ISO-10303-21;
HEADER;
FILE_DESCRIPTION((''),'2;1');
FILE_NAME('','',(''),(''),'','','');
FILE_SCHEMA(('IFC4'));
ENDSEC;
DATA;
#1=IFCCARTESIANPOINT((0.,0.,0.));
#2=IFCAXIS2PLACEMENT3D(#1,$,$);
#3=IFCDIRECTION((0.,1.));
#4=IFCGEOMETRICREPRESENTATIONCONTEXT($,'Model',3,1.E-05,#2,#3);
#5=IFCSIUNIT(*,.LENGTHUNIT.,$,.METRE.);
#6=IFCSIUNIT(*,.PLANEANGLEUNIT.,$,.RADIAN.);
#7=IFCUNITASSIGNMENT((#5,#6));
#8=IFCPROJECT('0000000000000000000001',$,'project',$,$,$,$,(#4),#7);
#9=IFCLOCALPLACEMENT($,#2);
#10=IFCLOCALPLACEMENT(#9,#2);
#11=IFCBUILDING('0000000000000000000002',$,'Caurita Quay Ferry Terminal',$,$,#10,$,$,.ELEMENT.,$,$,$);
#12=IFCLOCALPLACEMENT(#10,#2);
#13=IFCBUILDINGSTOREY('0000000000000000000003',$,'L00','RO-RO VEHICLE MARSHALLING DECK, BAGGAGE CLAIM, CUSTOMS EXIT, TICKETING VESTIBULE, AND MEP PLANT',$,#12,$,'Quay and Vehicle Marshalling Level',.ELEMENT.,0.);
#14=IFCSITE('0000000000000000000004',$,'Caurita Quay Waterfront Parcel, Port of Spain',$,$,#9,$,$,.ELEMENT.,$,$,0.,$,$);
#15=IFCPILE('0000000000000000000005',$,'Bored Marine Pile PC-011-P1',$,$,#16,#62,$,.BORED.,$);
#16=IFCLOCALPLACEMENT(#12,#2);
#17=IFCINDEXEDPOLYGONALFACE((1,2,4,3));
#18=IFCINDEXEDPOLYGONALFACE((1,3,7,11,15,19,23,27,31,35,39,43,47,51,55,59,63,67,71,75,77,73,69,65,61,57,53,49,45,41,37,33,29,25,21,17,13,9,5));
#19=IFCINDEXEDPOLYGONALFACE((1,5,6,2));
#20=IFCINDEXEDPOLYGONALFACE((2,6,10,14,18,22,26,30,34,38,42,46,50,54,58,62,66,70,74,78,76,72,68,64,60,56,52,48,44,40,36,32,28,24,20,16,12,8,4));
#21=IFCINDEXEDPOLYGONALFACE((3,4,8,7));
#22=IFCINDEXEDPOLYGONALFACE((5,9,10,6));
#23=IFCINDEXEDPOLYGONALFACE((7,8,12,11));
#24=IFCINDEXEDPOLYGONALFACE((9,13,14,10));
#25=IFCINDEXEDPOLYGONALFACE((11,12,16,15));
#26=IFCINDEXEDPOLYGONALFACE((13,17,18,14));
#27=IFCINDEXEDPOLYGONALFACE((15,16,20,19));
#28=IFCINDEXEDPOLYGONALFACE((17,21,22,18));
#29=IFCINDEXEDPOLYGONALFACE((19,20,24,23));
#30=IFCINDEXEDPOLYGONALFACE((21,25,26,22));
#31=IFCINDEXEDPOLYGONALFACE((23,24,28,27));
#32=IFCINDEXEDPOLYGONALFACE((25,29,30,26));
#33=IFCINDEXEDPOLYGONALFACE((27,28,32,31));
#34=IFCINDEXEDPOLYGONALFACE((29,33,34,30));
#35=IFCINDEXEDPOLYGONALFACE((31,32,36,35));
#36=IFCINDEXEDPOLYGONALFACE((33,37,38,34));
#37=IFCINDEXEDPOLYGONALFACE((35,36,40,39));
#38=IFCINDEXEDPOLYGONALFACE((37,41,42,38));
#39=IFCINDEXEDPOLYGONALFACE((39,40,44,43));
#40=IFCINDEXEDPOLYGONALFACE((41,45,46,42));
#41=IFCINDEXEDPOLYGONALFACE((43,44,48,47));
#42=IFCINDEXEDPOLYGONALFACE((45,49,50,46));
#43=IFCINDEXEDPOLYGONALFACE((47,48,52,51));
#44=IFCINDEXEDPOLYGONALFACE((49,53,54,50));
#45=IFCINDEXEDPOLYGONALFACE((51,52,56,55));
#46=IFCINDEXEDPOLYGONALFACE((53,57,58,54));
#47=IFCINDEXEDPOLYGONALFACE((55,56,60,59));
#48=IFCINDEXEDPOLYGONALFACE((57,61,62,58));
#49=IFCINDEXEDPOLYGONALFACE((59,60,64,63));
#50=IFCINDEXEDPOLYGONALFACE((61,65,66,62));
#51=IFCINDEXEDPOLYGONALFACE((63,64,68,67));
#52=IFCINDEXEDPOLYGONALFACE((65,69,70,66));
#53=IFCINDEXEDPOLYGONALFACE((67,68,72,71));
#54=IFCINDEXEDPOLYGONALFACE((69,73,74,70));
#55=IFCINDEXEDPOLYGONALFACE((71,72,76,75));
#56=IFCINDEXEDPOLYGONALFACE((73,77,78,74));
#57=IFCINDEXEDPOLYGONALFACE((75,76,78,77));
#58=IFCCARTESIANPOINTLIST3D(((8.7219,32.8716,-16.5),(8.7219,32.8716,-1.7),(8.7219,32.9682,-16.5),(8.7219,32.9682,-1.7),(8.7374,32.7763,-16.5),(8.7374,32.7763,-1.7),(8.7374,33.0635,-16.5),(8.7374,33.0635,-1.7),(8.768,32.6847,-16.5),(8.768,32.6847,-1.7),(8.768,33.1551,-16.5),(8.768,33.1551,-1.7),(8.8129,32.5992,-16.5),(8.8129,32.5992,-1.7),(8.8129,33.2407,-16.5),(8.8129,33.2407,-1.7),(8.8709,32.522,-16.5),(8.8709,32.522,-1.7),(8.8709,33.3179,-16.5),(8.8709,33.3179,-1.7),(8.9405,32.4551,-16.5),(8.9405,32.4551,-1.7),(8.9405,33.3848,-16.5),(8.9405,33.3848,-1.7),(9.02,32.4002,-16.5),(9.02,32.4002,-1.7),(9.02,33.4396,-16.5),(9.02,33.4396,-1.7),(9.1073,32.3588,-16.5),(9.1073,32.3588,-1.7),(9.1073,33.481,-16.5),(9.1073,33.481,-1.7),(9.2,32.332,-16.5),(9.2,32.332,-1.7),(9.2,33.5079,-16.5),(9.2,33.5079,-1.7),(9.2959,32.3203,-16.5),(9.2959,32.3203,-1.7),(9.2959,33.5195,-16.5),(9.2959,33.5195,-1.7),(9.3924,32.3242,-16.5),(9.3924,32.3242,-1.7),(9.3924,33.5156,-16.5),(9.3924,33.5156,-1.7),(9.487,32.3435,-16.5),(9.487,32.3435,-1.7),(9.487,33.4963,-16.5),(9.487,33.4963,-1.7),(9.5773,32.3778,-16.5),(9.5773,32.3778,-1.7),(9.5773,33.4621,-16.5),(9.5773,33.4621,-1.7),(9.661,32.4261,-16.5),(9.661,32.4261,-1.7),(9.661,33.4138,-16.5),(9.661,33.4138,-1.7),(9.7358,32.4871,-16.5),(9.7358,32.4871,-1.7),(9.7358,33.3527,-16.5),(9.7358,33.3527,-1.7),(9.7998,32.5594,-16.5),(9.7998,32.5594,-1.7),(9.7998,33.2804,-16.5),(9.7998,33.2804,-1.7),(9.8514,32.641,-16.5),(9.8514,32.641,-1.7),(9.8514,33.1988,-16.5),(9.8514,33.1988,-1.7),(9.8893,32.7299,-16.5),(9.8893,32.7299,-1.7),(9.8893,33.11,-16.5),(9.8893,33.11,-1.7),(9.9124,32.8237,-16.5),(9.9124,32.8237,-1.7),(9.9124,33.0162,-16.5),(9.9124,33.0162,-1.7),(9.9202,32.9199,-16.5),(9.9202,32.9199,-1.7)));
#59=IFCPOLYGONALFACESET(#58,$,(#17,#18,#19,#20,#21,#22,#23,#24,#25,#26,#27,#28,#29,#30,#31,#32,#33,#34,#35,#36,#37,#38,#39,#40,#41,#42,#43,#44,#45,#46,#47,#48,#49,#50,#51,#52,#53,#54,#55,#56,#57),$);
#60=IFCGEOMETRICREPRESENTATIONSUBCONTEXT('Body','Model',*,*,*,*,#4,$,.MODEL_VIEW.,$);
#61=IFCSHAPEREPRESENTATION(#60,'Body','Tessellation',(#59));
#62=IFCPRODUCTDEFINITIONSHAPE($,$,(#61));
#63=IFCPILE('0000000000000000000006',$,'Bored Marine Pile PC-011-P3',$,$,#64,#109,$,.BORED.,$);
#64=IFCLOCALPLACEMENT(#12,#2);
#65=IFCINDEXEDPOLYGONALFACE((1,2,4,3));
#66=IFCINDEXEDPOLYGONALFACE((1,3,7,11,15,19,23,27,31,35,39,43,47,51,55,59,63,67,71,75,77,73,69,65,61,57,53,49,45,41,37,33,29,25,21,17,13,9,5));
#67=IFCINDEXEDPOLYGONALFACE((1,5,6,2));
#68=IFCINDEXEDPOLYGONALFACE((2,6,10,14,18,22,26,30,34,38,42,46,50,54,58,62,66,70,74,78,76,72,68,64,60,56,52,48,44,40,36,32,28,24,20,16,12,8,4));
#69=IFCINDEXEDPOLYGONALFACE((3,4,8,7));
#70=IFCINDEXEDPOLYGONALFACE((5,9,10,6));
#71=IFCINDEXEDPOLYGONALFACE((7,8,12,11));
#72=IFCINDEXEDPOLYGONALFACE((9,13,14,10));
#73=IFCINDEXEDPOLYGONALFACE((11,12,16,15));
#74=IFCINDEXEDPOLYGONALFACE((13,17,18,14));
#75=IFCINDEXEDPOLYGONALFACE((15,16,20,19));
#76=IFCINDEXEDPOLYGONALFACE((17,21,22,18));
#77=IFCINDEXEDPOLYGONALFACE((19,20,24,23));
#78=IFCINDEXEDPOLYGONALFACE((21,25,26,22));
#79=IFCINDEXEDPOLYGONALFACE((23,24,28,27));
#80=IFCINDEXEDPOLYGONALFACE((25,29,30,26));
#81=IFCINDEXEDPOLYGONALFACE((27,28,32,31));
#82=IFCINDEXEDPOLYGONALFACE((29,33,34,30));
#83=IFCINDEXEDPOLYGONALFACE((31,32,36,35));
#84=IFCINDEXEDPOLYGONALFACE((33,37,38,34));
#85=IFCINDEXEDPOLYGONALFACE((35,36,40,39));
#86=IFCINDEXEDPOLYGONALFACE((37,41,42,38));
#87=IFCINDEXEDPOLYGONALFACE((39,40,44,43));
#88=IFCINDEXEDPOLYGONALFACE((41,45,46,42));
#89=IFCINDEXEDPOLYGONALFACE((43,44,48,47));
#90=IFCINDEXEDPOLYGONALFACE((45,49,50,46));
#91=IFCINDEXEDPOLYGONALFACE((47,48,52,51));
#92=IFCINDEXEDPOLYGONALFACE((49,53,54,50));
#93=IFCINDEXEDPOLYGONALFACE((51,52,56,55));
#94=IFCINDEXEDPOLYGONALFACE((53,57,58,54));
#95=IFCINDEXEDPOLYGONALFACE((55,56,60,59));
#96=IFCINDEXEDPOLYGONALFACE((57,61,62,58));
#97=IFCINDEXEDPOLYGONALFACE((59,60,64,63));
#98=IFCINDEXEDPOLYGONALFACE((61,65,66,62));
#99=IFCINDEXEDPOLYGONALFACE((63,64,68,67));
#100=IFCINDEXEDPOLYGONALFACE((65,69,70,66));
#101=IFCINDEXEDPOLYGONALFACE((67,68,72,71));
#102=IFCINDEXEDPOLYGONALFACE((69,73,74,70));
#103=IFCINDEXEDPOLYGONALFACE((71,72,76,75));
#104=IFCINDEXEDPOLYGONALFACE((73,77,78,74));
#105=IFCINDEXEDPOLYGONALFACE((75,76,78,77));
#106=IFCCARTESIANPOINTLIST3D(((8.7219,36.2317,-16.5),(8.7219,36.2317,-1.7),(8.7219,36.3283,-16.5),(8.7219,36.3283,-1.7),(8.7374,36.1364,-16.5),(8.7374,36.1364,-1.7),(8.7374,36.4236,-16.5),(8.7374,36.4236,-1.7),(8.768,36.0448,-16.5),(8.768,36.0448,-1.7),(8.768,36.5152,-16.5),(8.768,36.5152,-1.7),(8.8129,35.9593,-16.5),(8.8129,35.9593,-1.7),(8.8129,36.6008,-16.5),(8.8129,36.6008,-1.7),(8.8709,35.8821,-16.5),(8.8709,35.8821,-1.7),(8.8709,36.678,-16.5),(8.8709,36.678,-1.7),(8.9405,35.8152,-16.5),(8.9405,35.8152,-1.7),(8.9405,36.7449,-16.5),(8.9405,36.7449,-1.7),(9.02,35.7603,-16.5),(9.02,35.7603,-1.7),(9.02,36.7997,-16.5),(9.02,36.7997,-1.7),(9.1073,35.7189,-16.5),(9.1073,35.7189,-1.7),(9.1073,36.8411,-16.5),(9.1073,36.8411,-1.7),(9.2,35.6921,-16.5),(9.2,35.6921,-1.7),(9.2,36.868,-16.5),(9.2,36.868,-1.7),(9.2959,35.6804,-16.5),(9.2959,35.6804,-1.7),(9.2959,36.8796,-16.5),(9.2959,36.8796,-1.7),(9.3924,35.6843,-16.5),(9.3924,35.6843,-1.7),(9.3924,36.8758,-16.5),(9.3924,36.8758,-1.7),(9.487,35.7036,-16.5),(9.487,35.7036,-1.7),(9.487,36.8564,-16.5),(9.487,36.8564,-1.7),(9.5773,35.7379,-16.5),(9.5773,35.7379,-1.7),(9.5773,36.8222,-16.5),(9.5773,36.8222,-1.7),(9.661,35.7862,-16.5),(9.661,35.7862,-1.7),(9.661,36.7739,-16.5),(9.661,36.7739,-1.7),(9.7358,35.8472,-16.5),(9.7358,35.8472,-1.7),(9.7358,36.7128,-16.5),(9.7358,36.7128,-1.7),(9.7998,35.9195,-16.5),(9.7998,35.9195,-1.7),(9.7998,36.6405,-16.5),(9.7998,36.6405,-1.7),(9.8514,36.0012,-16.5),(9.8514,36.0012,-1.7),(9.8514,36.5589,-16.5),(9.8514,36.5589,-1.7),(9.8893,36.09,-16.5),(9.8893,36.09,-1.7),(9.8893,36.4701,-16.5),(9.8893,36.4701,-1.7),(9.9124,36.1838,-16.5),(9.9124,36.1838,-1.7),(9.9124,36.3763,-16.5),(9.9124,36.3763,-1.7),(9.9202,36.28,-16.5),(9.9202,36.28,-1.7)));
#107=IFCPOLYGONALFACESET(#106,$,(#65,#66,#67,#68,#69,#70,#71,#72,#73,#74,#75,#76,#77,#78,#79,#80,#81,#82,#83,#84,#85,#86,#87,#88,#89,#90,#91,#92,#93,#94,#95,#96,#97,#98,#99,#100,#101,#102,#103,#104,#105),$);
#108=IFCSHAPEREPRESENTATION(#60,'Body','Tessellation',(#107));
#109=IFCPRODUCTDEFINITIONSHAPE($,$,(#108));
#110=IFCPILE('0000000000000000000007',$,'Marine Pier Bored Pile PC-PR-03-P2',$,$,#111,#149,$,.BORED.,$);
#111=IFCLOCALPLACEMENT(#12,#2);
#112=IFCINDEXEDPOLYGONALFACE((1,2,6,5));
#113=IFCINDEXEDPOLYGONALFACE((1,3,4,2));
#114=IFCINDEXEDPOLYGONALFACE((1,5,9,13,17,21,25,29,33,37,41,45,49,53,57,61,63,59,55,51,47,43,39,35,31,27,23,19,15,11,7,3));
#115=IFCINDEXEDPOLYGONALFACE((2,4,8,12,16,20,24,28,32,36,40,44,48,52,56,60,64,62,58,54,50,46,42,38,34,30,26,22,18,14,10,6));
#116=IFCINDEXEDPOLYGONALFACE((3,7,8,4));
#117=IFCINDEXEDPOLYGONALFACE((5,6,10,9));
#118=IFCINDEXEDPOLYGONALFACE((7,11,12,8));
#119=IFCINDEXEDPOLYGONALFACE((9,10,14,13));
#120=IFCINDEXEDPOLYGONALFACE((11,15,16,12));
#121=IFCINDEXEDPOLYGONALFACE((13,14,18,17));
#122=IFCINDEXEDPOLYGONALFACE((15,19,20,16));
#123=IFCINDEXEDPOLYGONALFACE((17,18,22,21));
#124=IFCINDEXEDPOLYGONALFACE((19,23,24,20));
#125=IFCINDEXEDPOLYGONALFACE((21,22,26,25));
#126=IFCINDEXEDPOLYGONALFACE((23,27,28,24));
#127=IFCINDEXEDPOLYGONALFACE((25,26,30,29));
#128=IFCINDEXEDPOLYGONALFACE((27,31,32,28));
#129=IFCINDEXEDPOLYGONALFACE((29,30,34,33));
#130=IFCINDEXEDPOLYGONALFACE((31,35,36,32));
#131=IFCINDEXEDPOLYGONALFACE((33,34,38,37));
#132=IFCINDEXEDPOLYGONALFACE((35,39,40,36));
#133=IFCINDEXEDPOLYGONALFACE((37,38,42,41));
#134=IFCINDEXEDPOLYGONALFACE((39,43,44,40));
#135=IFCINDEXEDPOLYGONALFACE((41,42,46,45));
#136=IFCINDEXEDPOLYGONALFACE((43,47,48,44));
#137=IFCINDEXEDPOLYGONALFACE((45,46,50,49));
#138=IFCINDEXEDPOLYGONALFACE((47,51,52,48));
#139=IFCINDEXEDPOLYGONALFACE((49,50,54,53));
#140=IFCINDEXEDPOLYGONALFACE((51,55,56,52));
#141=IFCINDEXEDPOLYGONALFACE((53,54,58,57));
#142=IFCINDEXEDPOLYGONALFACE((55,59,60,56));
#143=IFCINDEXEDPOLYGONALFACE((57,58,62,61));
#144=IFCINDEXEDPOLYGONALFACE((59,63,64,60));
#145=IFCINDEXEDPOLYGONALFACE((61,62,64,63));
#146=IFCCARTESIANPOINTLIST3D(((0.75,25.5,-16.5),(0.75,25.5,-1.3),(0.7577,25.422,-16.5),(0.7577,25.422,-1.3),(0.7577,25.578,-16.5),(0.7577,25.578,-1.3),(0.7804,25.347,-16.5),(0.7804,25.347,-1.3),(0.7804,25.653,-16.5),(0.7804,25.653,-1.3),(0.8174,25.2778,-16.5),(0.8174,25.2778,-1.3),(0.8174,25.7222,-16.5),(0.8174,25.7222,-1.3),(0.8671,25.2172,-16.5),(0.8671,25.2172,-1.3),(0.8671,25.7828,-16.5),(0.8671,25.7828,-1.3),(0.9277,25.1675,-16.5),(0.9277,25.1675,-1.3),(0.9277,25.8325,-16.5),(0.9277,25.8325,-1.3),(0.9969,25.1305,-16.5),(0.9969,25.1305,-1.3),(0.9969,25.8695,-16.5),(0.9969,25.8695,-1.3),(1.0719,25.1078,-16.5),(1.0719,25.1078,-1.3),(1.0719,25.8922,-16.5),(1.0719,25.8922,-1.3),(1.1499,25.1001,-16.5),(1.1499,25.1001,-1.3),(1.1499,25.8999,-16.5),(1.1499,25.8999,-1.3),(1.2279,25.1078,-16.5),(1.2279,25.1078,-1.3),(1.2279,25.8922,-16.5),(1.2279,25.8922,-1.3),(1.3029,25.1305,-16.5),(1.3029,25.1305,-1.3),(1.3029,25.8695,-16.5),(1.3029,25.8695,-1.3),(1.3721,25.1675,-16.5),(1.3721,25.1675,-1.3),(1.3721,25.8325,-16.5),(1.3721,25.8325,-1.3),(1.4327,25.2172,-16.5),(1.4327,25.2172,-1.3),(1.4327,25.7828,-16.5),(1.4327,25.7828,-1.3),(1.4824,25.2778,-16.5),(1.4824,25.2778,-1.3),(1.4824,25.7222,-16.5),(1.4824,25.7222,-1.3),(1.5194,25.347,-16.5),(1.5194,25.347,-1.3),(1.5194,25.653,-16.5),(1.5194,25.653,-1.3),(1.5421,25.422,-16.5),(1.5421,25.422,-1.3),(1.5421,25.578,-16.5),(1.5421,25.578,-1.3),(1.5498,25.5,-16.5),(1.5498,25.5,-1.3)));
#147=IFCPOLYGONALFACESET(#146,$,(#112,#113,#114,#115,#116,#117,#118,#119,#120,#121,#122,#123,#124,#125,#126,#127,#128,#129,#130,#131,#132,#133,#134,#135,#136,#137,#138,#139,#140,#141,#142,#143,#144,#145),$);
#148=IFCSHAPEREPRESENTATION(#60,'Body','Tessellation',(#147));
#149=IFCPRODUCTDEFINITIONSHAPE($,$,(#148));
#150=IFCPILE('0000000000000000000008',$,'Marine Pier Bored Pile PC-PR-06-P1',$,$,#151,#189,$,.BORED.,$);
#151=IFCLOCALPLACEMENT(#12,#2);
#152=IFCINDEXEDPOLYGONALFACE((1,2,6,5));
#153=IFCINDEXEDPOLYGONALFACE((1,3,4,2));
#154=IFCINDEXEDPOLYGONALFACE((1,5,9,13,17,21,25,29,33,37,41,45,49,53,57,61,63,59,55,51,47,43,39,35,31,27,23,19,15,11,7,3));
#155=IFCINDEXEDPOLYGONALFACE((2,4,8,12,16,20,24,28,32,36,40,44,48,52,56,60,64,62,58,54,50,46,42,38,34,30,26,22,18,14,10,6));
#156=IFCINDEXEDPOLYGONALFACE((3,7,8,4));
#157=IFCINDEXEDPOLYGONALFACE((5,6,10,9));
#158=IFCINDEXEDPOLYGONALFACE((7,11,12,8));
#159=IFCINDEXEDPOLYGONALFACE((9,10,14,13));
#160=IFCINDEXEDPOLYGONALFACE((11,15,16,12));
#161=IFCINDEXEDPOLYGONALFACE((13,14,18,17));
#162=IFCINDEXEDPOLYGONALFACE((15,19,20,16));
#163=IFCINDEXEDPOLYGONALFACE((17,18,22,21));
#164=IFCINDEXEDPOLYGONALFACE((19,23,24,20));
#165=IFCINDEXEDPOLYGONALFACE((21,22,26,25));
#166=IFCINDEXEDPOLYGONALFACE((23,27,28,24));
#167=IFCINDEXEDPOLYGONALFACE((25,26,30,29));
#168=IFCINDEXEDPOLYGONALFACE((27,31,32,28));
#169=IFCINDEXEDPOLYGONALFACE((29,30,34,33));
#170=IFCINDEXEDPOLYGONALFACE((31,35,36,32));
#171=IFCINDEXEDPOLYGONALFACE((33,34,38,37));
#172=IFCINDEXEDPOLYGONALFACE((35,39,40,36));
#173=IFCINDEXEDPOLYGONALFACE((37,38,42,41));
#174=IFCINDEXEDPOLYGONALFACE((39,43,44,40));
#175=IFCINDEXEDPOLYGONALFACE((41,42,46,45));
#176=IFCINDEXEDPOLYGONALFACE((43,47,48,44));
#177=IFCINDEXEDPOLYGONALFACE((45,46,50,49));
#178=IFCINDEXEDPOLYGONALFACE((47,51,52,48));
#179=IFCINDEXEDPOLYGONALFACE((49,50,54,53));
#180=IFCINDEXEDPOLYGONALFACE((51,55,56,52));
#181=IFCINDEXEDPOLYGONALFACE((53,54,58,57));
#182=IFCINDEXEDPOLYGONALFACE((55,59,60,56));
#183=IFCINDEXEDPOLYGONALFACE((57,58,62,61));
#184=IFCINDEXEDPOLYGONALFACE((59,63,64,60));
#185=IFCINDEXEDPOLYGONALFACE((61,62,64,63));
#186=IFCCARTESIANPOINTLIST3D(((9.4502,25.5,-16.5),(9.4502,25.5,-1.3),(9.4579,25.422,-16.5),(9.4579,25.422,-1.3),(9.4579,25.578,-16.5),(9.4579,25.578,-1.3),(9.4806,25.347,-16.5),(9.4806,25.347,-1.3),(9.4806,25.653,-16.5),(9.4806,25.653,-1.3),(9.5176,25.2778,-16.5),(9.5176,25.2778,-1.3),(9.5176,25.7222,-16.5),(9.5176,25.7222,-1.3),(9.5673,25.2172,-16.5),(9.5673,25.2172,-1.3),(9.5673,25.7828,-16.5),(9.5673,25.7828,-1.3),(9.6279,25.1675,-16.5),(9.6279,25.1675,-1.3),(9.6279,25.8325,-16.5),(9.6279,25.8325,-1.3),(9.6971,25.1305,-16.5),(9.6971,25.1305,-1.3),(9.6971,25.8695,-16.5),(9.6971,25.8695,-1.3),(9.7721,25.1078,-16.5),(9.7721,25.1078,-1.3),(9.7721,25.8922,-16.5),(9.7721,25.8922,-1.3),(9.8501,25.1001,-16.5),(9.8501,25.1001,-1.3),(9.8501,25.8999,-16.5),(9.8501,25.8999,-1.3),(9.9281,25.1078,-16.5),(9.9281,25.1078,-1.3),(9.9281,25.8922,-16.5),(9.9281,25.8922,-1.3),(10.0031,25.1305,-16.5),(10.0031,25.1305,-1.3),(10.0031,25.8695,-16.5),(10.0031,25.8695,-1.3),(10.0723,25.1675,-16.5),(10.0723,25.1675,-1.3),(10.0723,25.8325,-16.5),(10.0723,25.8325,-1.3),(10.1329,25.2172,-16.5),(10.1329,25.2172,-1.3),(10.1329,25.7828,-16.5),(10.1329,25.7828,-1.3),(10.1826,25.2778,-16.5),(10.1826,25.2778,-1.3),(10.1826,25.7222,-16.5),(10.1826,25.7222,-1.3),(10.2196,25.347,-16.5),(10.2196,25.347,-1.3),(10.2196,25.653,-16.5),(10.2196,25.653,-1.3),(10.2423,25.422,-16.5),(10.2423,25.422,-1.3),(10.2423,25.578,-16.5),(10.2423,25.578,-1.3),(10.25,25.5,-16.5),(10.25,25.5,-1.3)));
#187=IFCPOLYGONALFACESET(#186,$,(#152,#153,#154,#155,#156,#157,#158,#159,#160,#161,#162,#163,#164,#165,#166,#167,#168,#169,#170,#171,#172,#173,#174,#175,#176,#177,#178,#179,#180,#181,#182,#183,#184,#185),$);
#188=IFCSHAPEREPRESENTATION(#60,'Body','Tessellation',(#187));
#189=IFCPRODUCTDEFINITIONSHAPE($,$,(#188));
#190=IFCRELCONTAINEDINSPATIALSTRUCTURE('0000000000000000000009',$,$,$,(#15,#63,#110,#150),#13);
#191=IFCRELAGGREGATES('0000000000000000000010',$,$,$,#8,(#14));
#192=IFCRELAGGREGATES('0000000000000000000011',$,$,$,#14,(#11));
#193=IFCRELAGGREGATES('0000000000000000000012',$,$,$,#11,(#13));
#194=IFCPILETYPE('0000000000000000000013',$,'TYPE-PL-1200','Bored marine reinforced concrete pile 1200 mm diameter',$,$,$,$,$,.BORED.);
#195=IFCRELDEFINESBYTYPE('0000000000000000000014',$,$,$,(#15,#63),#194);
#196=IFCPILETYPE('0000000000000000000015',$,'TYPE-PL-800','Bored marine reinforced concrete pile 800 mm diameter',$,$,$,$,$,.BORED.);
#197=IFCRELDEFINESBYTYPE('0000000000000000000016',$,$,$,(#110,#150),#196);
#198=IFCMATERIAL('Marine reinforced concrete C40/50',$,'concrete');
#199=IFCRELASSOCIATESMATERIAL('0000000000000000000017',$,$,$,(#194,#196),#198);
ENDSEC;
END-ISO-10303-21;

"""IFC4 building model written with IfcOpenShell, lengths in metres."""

from ifc_helpers import new_model, si_unit, direction, frame, origin, origin_2d, place, context, subcontext, project, spatial, circle, extrude, material, material_profile, profile_set, type_object, element, save


model = new_model("IFC4")

# Units and contexts
model_context = context("Model", 3, precision=1e-05, world=origin(), true_north=direction((0.0, 1.0)))
body_context = subcontext(model_context, "Body", "Model", "MODEL_VIEW")
ifc_project = project(units=[si_unit("LENGTHUNIT", "METRE"), si_unit("PLANEANGLEUNIT", "RADIAN")], contexts=[model_context])

# Site, building, storey
site_placement = place(None, origin())
site = spatial("IfcSite", under=ifc_project, at=site_placement, Name="Caurita Quay Waterfront Parcel, Port of Spain", CompositionType="ELEMENT", RefElevation=0.0)
building_placement = place(site_placement, origin())
building = spatial("IfcBuilding", under=site, at=building_placement, Name="Caurita Quay Ferry Terminal", CompositionType="ELEMENT")
storey_placement = place(building_placement, origin())
storey = spatial("IfcBuildingStorey", under=building, at=storey_placement, Name="L00", Description="RO-RO VEHICLE MARSHALLING DECK, BAGGAGE CLAIM, CUSTOMS EXIT, TICKETING VESTIBULE, AND MEP PLANT", LongName="Quay and Vehicle Marshalling Level", CompositionType="ELEMENT", Elevation=0.0)

# Piles
ifc_material_1 = material(Name="Marine reinforced concrete C40/50", Category="concrete")
ifc_material_profile_1 = material_profile(ifc_material_1, circle(Radius=0.6001, at=origin_2d()), Name="PILE-D1200")
ifc_profile_set_1 = profile_set([ifc_material_profile_1], Name="Marine reinforced concrete C40/50")
pile_type_1 = type_object("IfcPileType", Name="TYPE-PL-1200", Description="Bored marine reinforced concrete pile 1200 mm diameter", PredefinedType="BORED", material=ifc_profile_set_1)
for number, where, z_axis, x_axis, name in (
    (1, (9.3201, 32.9199, -1.7), (0.0, 0.0, -1.0), (1.0, 0.0, 0.0), "Bored Marine Pile PC-011-P1"),
    (2, (9.3201, 36.28, -1.7), (0.0, 0.0, -1.0), (1.0, 0.0, 0.0), "Bored Marine Pile PC-011-P3"),
):
    element("IfcPile", number, at=place(storey_placement, frame(where, z_axis=z_axis, x_axis=x_axis)), inside=storey, type_object=pile_type_1, Name=name, PredefinedType="BORED", context=body_context, shape_type="SweptSolid", body=[
        extrude(circle(Radius=0.6001, at=origin_2d()), origin(), (0.0, 0.0, 1.0), 14.8),
    ])
ifc_material_profile_2 = material_profile(ifc_material_1, circle(Radius=0.3999, at=origin_2d()), Name="PILE-D800")
ifc_profile_set_2 = profile_set([ifc_material_profile_2], Name="Marine reinforced concrete C40/50")
pile_type_2 = type_object("IfcPileType", Name="TYPE-PL-800", Description="Bored marine reinforced concrete pile 800 mm diameter", PredefinedType="BORED", material=ifc_profile_set_2)
for number, where, z_axis, x_axis, name in (
    (3, (1.1499, 25.5, -1.3), (0.0, 0.0, -1.0), (1.0, 0.0, 0.0), "Marine Pier Bored Pile PC-PR-03-P2"),
    (4, (9.8501, 25.5, -1.3), (0.0, 0.0, -1.0), (1.0, 0.0, 0.0), "Marine Pier Bored Pile PC-PR-06-P1"),
):
    element("IfcPile", number, at=place(storey_placement, frame(where, z_axis=z_axis, x_axis=x_axis)), inside=storey, type_object=pile_type_2, Name=name, PredefinedType="BORED", context=body_context, shape_type="SweptSolid", body=[
        extrude(circle(Radius=0.3999, at=origin_2d()), origin(), (0.0, 0.0, 1.0), 15.2),
    ])

save(model, "model.ifc")
